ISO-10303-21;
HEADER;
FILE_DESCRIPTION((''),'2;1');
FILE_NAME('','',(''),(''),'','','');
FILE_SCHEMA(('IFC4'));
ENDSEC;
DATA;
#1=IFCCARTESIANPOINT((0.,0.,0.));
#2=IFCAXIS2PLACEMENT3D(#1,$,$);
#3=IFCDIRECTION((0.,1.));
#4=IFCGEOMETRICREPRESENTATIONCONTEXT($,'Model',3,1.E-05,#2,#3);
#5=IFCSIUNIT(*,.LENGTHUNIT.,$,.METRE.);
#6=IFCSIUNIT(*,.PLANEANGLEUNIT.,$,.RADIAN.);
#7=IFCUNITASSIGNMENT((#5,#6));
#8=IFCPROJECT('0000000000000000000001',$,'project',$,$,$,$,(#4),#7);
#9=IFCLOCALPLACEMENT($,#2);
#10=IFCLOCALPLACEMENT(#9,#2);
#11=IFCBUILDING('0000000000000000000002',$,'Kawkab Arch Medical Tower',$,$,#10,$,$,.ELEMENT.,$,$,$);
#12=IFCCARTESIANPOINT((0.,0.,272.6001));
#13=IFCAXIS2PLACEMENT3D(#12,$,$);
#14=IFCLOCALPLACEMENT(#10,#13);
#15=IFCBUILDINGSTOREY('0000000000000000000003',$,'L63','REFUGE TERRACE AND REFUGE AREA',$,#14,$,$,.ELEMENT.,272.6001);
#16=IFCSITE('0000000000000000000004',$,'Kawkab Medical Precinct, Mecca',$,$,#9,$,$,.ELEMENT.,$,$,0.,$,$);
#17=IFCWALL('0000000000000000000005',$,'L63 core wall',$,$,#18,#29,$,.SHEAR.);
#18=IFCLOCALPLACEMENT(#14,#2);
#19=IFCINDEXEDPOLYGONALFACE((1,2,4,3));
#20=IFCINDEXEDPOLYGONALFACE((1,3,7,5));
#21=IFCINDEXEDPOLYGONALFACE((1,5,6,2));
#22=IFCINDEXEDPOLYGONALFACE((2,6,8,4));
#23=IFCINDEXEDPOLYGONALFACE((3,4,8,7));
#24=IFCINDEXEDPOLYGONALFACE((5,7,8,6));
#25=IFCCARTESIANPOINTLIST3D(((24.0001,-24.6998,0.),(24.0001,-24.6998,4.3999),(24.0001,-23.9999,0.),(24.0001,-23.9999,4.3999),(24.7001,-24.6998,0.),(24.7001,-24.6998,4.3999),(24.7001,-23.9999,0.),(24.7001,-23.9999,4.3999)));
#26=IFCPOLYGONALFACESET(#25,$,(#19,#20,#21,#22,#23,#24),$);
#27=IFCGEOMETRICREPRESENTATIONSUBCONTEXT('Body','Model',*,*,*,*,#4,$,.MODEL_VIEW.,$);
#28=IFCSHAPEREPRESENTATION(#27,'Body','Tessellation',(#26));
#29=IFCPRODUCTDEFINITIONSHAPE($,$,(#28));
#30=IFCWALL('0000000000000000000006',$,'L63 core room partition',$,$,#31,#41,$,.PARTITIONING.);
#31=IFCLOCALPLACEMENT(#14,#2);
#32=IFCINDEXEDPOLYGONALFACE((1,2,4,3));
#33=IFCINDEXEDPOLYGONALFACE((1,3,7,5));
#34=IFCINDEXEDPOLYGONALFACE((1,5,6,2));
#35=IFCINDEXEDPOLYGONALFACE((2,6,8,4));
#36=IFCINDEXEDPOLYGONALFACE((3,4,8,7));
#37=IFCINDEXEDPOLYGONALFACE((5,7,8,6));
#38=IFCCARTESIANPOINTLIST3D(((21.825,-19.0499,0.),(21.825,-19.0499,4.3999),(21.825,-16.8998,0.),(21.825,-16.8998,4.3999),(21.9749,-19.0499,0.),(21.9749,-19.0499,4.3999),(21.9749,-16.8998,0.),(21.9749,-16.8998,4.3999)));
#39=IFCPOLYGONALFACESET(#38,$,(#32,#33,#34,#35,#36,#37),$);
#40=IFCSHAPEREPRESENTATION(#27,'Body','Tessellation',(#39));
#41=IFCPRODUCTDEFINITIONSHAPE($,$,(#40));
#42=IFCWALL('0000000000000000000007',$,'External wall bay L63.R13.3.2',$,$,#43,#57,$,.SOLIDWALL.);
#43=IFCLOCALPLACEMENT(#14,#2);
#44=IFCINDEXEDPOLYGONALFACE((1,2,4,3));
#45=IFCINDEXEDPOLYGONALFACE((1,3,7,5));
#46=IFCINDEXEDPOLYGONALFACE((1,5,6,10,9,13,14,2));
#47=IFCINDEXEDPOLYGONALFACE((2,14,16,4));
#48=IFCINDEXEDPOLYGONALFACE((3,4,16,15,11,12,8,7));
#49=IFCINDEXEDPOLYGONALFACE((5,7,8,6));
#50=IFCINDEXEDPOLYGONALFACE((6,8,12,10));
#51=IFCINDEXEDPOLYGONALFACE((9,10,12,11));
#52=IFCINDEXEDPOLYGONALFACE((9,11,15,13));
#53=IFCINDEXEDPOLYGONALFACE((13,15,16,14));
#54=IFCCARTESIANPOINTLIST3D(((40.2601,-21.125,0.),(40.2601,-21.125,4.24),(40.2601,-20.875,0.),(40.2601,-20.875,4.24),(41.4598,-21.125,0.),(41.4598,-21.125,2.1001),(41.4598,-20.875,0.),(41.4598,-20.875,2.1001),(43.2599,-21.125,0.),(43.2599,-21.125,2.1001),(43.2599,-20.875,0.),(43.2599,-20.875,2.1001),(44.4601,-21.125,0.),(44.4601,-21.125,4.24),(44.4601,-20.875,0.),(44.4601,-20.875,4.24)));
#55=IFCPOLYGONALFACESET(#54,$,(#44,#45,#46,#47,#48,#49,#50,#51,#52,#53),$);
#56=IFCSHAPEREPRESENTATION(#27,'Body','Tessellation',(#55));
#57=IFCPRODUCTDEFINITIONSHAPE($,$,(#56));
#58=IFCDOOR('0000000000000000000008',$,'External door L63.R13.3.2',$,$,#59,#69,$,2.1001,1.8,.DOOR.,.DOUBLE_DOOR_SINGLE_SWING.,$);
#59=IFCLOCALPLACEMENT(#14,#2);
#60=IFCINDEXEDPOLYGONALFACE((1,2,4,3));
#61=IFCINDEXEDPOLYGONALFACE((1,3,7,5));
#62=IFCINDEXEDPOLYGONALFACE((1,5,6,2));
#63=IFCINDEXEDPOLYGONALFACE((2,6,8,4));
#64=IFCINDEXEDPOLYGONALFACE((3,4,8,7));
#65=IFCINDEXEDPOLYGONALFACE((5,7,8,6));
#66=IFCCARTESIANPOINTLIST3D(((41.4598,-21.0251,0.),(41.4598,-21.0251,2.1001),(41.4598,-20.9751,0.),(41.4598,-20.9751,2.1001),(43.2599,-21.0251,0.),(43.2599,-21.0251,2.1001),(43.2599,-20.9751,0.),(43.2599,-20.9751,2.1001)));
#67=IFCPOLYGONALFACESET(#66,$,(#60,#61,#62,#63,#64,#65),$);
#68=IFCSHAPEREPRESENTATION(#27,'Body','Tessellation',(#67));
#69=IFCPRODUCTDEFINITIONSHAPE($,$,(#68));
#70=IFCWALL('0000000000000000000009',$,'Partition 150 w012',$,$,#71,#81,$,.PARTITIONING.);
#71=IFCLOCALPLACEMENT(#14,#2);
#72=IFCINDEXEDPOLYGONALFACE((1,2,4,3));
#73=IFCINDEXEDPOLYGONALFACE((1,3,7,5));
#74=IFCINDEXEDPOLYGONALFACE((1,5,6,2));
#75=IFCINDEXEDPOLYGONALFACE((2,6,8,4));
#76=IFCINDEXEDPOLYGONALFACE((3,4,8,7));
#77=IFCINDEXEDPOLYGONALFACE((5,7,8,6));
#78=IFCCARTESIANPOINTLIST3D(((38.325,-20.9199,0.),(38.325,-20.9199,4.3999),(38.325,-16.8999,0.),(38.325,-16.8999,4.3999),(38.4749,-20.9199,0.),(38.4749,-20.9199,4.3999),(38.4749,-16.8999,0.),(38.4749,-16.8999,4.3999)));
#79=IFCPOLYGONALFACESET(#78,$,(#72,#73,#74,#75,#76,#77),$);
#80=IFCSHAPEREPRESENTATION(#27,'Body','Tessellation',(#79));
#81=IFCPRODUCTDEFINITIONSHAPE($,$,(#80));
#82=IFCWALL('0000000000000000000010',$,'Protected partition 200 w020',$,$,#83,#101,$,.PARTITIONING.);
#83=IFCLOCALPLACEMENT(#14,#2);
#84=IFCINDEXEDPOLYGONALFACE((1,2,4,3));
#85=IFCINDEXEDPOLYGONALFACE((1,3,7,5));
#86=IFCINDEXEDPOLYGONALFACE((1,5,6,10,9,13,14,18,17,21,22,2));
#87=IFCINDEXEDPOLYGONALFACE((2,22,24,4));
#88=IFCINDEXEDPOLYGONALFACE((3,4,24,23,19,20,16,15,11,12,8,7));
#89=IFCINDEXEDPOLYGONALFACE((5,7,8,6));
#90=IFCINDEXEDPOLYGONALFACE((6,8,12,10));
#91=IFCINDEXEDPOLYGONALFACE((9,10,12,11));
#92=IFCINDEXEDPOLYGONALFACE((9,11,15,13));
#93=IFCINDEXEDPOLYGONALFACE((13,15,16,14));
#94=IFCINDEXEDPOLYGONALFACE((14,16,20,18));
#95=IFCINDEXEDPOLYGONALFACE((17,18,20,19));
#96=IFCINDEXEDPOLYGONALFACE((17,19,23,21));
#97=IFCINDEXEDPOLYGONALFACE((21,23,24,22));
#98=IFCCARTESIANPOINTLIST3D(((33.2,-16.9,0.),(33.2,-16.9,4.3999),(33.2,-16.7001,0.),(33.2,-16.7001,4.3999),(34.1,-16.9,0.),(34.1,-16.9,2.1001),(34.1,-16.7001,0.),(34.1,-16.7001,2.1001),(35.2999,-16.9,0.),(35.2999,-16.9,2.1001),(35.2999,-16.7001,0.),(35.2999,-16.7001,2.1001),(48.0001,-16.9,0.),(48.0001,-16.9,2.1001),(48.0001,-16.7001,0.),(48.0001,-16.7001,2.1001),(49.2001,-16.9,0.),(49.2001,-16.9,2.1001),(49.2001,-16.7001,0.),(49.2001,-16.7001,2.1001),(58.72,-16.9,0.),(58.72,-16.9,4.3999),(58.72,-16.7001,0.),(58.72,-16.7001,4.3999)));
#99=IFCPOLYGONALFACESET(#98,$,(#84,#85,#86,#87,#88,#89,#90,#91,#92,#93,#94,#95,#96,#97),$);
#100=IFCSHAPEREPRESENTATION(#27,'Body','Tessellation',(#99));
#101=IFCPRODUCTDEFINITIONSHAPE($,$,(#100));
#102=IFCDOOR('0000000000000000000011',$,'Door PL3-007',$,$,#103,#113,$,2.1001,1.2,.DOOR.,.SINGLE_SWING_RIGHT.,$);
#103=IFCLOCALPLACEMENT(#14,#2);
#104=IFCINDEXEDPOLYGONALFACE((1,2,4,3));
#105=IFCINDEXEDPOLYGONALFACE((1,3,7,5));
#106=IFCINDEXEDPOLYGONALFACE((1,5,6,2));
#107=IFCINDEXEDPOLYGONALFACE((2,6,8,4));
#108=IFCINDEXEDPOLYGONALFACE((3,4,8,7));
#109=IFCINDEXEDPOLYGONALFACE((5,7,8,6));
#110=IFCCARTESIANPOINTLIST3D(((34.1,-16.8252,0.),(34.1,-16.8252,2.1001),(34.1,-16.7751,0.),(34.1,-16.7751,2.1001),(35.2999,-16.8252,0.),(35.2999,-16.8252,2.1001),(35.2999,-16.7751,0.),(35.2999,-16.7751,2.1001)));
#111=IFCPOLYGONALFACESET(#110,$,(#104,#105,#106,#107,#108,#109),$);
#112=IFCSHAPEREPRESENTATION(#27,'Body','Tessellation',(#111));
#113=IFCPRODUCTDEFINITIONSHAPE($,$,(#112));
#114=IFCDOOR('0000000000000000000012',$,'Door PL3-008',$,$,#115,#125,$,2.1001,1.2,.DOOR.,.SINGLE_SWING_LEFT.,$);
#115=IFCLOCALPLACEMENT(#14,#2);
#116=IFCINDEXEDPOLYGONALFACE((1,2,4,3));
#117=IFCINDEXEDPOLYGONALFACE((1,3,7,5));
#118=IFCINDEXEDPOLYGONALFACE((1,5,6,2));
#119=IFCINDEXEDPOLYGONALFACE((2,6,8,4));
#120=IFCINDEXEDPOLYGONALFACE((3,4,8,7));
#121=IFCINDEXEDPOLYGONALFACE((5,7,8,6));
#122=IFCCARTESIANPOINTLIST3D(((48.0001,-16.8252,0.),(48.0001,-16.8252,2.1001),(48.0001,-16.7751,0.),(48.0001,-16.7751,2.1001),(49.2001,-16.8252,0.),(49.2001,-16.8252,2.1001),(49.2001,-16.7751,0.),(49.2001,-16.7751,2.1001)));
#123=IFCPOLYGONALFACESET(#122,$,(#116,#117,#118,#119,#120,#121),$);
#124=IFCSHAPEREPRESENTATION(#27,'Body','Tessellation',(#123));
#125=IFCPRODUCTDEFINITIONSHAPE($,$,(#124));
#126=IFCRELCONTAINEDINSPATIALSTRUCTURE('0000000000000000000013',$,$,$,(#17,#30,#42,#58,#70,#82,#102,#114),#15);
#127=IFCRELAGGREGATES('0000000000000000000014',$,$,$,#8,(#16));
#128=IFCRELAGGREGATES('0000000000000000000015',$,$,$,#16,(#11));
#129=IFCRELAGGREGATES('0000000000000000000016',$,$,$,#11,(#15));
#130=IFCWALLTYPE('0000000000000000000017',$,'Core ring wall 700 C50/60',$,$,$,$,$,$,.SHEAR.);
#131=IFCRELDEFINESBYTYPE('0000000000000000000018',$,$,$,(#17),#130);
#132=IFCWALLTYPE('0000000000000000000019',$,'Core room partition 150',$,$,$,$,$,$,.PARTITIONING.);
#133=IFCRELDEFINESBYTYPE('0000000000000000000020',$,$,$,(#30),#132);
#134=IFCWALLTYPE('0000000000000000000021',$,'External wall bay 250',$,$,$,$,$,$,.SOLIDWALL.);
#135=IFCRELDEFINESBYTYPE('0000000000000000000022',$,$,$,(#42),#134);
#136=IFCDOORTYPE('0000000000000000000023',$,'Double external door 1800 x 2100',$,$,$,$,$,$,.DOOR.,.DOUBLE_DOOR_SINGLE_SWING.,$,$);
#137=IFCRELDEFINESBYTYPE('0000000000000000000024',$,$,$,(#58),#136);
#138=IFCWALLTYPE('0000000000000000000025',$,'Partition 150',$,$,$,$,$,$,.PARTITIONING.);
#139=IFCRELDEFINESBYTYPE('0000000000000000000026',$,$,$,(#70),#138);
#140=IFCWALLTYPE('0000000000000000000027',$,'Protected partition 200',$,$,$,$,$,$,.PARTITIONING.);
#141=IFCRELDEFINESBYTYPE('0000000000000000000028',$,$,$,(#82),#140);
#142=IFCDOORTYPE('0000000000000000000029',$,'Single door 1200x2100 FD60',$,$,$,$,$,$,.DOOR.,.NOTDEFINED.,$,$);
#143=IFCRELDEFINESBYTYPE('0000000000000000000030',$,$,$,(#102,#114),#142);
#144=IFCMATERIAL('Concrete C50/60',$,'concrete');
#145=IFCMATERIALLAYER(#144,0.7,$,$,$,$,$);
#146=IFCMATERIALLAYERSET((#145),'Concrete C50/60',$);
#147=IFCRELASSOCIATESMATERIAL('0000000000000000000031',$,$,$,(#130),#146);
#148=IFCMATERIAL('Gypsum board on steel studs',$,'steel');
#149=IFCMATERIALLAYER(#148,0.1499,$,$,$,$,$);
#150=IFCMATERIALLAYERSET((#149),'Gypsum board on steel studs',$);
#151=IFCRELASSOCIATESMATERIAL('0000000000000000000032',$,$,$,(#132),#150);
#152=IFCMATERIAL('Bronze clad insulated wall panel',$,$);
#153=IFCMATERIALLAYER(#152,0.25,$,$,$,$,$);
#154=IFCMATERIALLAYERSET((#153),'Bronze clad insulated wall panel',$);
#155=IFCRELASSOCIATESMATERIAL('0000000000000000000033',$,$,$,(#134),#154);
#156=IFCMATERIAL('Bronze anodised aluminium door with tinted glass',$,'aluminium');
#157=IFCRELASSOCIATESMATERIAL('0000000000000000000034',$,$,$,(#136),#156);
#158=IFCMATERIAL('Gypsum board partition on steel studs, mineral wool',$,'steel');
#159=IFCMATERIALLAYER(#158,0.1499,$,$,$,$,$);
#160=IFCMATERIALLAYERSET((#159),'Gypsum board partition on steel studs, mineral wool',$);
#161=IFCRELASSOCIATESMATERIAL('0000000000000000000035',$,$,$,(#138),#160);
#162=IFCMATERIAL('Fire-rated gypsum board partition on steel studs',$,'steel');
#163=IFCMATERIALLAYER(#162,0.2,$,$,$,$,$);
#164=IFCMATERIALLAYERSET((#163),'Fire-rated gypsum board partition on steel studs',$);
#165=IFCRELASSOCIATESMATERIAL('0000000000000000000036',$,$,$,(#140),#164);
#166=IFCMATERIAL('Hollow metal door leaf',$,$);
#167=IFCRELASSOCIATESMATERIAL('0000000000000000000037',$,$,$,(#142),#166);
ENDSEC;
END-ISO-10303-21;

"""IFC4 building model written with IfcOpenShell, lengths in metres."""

from ifc_helpers import new_model, si_unit, direction, frame, frame_2d, origin, place, context, subcontext, project, spatial, rectangle, extrude, material, layer, layer_set, type_object, element, fill, save


model = new_model("IFC4")

# Units and contexts
model_context = context("Model", 3, precision=1e-05, world=origin(), true_north=direction((0.0, 1.0)))
body_context = subcontext(model_context, "Body", "Model", "MODEL_VIEW")
ifc_project = project(units=[si_unit("LENGTHUNIT", "METRE"), si_unit("PLANEANGLEUNIT", "RADIAN")], contexts=[model_context])

# Site, building, storey
site_placement = place(None, origin())
site = spatial("IfcSite", under=ifc_project, at=site_placement, Name="Kawkab Medical Precinct, Mecca", CompositionType="ELEMENT", RefElevation=0.0)
building_placement = place(site_placement, origin())
building = spatial("IfcBuilding", under=site, at=building_placement, Name="Kawkab Arch Medical Tower", CompositionType="ELEMENT")
storey_placement = place(building_placement, frame((0.0, 0.0, 272.6001)))
storey = spatial("IfcBuildingStorey", under=building, at=storey_placement, Name="L63", Description="REFUGE TERRACE AND REFUGE AREA", CompositionType="ELEMENT", Elevation=272.6001)

# Shared definitions
ifc_material_1 = material(Name="Concrete C50/60", Category="concrete")
ifc_layer_1 = layer(ifc_material_1, 0.7)
ifc_layer_set_1 = layer_set([ifc_layer_1], Name="Concrete C50/60")
wall_type_1 = type_object("IfcWallType", Name="Core ring wall 700 C50/60", PredefinedType="SHEAR", material=ifc_layer_set_1)

# Walls
wall_1_placement = place(storey_placement, frame((24.3501, -24.7, 0.0), z_axis=(0.0, 0.0, 1.0), x_axis=(0.0, 1.0, 0.0)))
element("IfcWall", 1, at=wall_1_placement, inside=storey, type_object=wall_type_1, Name="L63 core wall", PredefinedType="SHEAR", context=body_context, shape_type="SweptSolid", body=[
    extrude(rectangle(XDim=0.7, YDim=0.7, at=frame_2d((0.3501, 0.0))), origin(), (0.0, 0.0, 1.0), 4.3999),
])
ifc_material_2 = material(Name="Gypsum board on steel studs", Category="steel")
ifc_layer_2 = layer(ifc_material_2, 0.1499)
ifc_layer_set_2 = layer_set([ifc_layer_2], Name="Gypsum board on steel studs")
wall_type_2 = type_object("IfcWallType", Name="Core room partition 150", PredefinedType="PARTITIONING", material=ifc_layer_set_2)
wall_2_placement = place(storey_placement, frame((21.8999, -19.05, 0.0), z_axis=(0.0, 0.0, 1.0), x_axis=(0.0, 1.0, 0.0)))
element("IfcWall", 2, at=wall_2_placement, inside=storey, type_object=wall_type_2, Name="L63 core room partition", PredefinedType="PARTITIONING", context=body_context, shape_type="SweptSolid", body=[
    extrude(rectangle(XDim=2.1501, YDim=0.1499, at=frame_2d((1.0752, 0.0))), origin(), (0.0, 0.0, 1.0), 4.3999),
])

# Wall, opening, door
ifc_material_3 = material(Name="Bronze clad insulated wall panel")
ifc_layer_3 = layer(ifc_material_3, 0.25)
ifc_layer_set_3 = layer_set([ifc_layer_3], Name="Bronze clad insulated wall panel")
wall_type_3 = type_object("IfcWallType", Name="External wall bay 250", PredefinedType="SOLIDWALL", material=ifc_layer_set_3)
wall_3_placement = place(storey_placement, frame((40.26, -21.0, 0.0), z_axis=(0.0, 0.0, 1.0), x_axis=(1.0, 0.0, 0.0)))
wall_3 = element("IfcWall", 3, at=wall_3_placement, inside=storey, type_object=wall_type_3, Name="External wall bay L63.R13.3.2", PredefinedType="SOLIDWALL", context=body_context, shape_type="SweptSolid", body=[
    extrude(rectangle(XDim=4.2, YDim=0.25, at=frame_2d((2.1001, 0.0))), origin(), (0.0, 0.0, 1.0), 4.24),
])
opening_1_placement = place(wall_3_placement, frame((1.2, 0.0, 0.0)))
opening_1 = element("IfcOpeningElement", 4, at=opening_1_placement, cuts=wall_3, PredefinedType="OPENING", context=body_context, shape_type="SweptSolid", body=[
    extrude(rectangle(XDim=1.8, YDim=2.1001, at=frame_2d((0.8999, 1.05))), frame((0.0, 0.135, 0.0), z_axis=(0.0, -1.0, 0.0), x_axis=(1.0, 0.0, 0.0)), (0.0, 0.0, 1.0), 0.27),
])
ifc_material_4 = material(Name="Bronze anodised aluminium door with tinted glass", Category="aluminium")
door_type_1 = type_object("IfcDoorType", Name="Double external door 1800 x 2100", OperationType="DOUBLE_DOOR_SINGLE_SWING", PredefinedType="DOOR", material=ifc_material_4)
door_1_placement = place(opening_1_placement, origin())
door_1 = element("IfcDoor", 5, at=door_1_placement, inside=storey, type_object=door_type_1, Name="External door L63.R13.3.2", OperationType="DOUBLE_DOOR_SINGLE_SWING", OverallHeight=2.1001, OverallWidth=1.8, PredefinedType="DOOR", context=body_context, shape_type="SweptSolid", body=[
    extrude(rectangle(XDim=1.8, YDim=2.1001, at=frame_2d((0.8999, 1.05))), frame((0.0, 0.0249, 0.0), z_axis=(0.0, -1.0, 0.0), x_axis=(1.0, 0.0, 0.0)), (0.0, 0.0, 1.0), 0.05),
])
fill(opening_1, door_1)

# Wall
ifc_material_5 = material(Name="Gypsum board partition on steel studs, mineral wool", Category="steel")
ifc_layer_4 = layer(ifc_material_5, 0.1499)
ifc_layer_set_4 = layer_set([ifc_layer_4], Name="Gypsum board partition on steel studs, mineral wool")
wall_type_4 = type_object("IfcWallType", Name="Partition 150", PredefinedType="PARTITIONING", material=ifc_layer_set_4)
wall_4_placement = place(storey_placement, frame((38.3999, -20.9199, 0.0), z_axis=(0.0, 0.0, 1.0), x_axis=(0.0, 1.0, 0.0)))
element("IfcWall", 6, at=wall_4_placement, inside=storey, type_object=wall_type_4, Name="Partition 150 w012", PredefinedType="PARTITIONING", context=body_context, shape_type="SweptSolid", body=[
    extrude(rectangle(XDim=4.02, YDim=0.1499, at=frame_2d((2.01, 0.0))), origin(), (0.0, 0.0, 1.0), 4.3999),
])

# Wall, openings, doors
ifc_material_6 = material(Name="Fire-rated gypsum board partition on steel studs", Category="steel")
ifc_layer_5 = layer(ifc_material_6, 0.2)
ifc_layer_set_5 = layer_set([ifc_layer_5], Name="Fire-rated gypsum board partition on steel studs")
wall_type_5 = type_object("IfcWallType", Name="Protected partition 200", PredefinedType="PARTITIONING", material=ifc_layer_set_5)
wall_5_placement = place(storey_placement, frame((33.2, -16.8, 0.0), z_axis=(0.0, 0.0, 1.0), x_axis=(1.0, 0.0, 0.0)))
wall_5 = element("IfcWall", 7, at=wall_5_placement, inside=storey, type_object=wall_type_5, Name="Protected partition 200 w020", PredefinedType="PARTITIONING", context=body_context, shape_type="SweptSolid", body=[
    extrude(rectangle(XDim=25.52, YDim=0.2, at=frame_2d((12.76, 0.0))), origin(), (0.0, 0.0, 1.0), 4.3999),
])
opening_2_placement = place(wall_5_placement, frame((0.8999, 0.0, 0.0)))
opening_2 = element("IfcOpeningElement", 8, at=opening_2_placement, cuts=wall_5, PredefinedType="OPENING", context=body_context, shape_type="SweptSolid", body=[
    extrude(rectangle(XDim=1.2, YDim=2.1001, at=frame_2d((0.6001, 1.05))), frame((0.0, 0.1099, 0.0), z_axis=(0.0, -1.0, 0.0), x_axis=(1.0, 0.0, 0.0)), (0.0, 0.0, 1.0), 0.22),
])
opening_3_placement = place(wall_5_placement, frame((14.8, 0.0, 0.0)))
opening_3 = element("IfcOpeningElement", 9, at=opening_3_placement, cuts=wall_5, PredefinedType="OPENING", context=body_context, shape_type="SweptSolid", body=[
    extrude(rectangle(XDim=1.2, YDim=2.1001, at=frame_2d((0.6001, 1.05))), frame((0.0, 0.1099, 0.0), z_axis=(0.0, -1.0, 0.0), x_axis=(1.0, 0.0, 0.0)), (0.0, 0.0, 1.0), 0.22),
])
ifc_material_7 = material(Name="Hollow metal door leaf")
door_type_2 = type_object("IfcDoorType", Name="Single door 1200x2100 FD60", OperationType="NOTDEFINED", PredefinedType="DOOR", material=ifc_material_7)
door_2_placement = place(opening_2_placement, origin())
door_2 = element("IfcDoor", 10, at=door_2_placement, inside=storey, type_object=door_type_2, Name="Door PL3-007", OperationType="SINGLE_SWING_RIGHT", OverallHeight=2.1001, OverallWidth=1.2, PredefinedType="DOOR", context=body_context, shape_type="SweptSolid", body=[
    extrude(rectangle(XDim=1.2, YDim=2.1001, at=frame_2d((0.6001, 1.05))), frame((0.0, 0.0249, 0.0), z_axis=(0.0, -1.0, 0.0), x_axis=(1.0, 0.0, 0.0)), (0.0, 0.0, 1.0), 0.05),
])
fill(opening_2, door_2)
door_3_placement = place(opening_3_placement, origin())
door_3 = element("IfcDoor", 11, at=door_3_placement, inside=storey, type_object=door_type_2, Name="Door PL3-008", OperationType="SINGLE_SWING_LEFT", OverallHeight=2.1001, OverallWidth=1.2, PredefinedType="DOOR", context=body_context, shape_type="SweptSolid", body=[
    extrude(rectangle(XDim=1.2, YDim=2.1001, at=frame_2d((0.6001, 1.05))), frame((0.0, 0.0249, 0.0), z_axis=(0.0, -1.0, 0.0), x_axis=(1.0, 0.0, 0.0)), (0.0, 0.0, 1.0), 0.05),
])
fill(opening_3, door_3)

save(model, "model.ifc")
